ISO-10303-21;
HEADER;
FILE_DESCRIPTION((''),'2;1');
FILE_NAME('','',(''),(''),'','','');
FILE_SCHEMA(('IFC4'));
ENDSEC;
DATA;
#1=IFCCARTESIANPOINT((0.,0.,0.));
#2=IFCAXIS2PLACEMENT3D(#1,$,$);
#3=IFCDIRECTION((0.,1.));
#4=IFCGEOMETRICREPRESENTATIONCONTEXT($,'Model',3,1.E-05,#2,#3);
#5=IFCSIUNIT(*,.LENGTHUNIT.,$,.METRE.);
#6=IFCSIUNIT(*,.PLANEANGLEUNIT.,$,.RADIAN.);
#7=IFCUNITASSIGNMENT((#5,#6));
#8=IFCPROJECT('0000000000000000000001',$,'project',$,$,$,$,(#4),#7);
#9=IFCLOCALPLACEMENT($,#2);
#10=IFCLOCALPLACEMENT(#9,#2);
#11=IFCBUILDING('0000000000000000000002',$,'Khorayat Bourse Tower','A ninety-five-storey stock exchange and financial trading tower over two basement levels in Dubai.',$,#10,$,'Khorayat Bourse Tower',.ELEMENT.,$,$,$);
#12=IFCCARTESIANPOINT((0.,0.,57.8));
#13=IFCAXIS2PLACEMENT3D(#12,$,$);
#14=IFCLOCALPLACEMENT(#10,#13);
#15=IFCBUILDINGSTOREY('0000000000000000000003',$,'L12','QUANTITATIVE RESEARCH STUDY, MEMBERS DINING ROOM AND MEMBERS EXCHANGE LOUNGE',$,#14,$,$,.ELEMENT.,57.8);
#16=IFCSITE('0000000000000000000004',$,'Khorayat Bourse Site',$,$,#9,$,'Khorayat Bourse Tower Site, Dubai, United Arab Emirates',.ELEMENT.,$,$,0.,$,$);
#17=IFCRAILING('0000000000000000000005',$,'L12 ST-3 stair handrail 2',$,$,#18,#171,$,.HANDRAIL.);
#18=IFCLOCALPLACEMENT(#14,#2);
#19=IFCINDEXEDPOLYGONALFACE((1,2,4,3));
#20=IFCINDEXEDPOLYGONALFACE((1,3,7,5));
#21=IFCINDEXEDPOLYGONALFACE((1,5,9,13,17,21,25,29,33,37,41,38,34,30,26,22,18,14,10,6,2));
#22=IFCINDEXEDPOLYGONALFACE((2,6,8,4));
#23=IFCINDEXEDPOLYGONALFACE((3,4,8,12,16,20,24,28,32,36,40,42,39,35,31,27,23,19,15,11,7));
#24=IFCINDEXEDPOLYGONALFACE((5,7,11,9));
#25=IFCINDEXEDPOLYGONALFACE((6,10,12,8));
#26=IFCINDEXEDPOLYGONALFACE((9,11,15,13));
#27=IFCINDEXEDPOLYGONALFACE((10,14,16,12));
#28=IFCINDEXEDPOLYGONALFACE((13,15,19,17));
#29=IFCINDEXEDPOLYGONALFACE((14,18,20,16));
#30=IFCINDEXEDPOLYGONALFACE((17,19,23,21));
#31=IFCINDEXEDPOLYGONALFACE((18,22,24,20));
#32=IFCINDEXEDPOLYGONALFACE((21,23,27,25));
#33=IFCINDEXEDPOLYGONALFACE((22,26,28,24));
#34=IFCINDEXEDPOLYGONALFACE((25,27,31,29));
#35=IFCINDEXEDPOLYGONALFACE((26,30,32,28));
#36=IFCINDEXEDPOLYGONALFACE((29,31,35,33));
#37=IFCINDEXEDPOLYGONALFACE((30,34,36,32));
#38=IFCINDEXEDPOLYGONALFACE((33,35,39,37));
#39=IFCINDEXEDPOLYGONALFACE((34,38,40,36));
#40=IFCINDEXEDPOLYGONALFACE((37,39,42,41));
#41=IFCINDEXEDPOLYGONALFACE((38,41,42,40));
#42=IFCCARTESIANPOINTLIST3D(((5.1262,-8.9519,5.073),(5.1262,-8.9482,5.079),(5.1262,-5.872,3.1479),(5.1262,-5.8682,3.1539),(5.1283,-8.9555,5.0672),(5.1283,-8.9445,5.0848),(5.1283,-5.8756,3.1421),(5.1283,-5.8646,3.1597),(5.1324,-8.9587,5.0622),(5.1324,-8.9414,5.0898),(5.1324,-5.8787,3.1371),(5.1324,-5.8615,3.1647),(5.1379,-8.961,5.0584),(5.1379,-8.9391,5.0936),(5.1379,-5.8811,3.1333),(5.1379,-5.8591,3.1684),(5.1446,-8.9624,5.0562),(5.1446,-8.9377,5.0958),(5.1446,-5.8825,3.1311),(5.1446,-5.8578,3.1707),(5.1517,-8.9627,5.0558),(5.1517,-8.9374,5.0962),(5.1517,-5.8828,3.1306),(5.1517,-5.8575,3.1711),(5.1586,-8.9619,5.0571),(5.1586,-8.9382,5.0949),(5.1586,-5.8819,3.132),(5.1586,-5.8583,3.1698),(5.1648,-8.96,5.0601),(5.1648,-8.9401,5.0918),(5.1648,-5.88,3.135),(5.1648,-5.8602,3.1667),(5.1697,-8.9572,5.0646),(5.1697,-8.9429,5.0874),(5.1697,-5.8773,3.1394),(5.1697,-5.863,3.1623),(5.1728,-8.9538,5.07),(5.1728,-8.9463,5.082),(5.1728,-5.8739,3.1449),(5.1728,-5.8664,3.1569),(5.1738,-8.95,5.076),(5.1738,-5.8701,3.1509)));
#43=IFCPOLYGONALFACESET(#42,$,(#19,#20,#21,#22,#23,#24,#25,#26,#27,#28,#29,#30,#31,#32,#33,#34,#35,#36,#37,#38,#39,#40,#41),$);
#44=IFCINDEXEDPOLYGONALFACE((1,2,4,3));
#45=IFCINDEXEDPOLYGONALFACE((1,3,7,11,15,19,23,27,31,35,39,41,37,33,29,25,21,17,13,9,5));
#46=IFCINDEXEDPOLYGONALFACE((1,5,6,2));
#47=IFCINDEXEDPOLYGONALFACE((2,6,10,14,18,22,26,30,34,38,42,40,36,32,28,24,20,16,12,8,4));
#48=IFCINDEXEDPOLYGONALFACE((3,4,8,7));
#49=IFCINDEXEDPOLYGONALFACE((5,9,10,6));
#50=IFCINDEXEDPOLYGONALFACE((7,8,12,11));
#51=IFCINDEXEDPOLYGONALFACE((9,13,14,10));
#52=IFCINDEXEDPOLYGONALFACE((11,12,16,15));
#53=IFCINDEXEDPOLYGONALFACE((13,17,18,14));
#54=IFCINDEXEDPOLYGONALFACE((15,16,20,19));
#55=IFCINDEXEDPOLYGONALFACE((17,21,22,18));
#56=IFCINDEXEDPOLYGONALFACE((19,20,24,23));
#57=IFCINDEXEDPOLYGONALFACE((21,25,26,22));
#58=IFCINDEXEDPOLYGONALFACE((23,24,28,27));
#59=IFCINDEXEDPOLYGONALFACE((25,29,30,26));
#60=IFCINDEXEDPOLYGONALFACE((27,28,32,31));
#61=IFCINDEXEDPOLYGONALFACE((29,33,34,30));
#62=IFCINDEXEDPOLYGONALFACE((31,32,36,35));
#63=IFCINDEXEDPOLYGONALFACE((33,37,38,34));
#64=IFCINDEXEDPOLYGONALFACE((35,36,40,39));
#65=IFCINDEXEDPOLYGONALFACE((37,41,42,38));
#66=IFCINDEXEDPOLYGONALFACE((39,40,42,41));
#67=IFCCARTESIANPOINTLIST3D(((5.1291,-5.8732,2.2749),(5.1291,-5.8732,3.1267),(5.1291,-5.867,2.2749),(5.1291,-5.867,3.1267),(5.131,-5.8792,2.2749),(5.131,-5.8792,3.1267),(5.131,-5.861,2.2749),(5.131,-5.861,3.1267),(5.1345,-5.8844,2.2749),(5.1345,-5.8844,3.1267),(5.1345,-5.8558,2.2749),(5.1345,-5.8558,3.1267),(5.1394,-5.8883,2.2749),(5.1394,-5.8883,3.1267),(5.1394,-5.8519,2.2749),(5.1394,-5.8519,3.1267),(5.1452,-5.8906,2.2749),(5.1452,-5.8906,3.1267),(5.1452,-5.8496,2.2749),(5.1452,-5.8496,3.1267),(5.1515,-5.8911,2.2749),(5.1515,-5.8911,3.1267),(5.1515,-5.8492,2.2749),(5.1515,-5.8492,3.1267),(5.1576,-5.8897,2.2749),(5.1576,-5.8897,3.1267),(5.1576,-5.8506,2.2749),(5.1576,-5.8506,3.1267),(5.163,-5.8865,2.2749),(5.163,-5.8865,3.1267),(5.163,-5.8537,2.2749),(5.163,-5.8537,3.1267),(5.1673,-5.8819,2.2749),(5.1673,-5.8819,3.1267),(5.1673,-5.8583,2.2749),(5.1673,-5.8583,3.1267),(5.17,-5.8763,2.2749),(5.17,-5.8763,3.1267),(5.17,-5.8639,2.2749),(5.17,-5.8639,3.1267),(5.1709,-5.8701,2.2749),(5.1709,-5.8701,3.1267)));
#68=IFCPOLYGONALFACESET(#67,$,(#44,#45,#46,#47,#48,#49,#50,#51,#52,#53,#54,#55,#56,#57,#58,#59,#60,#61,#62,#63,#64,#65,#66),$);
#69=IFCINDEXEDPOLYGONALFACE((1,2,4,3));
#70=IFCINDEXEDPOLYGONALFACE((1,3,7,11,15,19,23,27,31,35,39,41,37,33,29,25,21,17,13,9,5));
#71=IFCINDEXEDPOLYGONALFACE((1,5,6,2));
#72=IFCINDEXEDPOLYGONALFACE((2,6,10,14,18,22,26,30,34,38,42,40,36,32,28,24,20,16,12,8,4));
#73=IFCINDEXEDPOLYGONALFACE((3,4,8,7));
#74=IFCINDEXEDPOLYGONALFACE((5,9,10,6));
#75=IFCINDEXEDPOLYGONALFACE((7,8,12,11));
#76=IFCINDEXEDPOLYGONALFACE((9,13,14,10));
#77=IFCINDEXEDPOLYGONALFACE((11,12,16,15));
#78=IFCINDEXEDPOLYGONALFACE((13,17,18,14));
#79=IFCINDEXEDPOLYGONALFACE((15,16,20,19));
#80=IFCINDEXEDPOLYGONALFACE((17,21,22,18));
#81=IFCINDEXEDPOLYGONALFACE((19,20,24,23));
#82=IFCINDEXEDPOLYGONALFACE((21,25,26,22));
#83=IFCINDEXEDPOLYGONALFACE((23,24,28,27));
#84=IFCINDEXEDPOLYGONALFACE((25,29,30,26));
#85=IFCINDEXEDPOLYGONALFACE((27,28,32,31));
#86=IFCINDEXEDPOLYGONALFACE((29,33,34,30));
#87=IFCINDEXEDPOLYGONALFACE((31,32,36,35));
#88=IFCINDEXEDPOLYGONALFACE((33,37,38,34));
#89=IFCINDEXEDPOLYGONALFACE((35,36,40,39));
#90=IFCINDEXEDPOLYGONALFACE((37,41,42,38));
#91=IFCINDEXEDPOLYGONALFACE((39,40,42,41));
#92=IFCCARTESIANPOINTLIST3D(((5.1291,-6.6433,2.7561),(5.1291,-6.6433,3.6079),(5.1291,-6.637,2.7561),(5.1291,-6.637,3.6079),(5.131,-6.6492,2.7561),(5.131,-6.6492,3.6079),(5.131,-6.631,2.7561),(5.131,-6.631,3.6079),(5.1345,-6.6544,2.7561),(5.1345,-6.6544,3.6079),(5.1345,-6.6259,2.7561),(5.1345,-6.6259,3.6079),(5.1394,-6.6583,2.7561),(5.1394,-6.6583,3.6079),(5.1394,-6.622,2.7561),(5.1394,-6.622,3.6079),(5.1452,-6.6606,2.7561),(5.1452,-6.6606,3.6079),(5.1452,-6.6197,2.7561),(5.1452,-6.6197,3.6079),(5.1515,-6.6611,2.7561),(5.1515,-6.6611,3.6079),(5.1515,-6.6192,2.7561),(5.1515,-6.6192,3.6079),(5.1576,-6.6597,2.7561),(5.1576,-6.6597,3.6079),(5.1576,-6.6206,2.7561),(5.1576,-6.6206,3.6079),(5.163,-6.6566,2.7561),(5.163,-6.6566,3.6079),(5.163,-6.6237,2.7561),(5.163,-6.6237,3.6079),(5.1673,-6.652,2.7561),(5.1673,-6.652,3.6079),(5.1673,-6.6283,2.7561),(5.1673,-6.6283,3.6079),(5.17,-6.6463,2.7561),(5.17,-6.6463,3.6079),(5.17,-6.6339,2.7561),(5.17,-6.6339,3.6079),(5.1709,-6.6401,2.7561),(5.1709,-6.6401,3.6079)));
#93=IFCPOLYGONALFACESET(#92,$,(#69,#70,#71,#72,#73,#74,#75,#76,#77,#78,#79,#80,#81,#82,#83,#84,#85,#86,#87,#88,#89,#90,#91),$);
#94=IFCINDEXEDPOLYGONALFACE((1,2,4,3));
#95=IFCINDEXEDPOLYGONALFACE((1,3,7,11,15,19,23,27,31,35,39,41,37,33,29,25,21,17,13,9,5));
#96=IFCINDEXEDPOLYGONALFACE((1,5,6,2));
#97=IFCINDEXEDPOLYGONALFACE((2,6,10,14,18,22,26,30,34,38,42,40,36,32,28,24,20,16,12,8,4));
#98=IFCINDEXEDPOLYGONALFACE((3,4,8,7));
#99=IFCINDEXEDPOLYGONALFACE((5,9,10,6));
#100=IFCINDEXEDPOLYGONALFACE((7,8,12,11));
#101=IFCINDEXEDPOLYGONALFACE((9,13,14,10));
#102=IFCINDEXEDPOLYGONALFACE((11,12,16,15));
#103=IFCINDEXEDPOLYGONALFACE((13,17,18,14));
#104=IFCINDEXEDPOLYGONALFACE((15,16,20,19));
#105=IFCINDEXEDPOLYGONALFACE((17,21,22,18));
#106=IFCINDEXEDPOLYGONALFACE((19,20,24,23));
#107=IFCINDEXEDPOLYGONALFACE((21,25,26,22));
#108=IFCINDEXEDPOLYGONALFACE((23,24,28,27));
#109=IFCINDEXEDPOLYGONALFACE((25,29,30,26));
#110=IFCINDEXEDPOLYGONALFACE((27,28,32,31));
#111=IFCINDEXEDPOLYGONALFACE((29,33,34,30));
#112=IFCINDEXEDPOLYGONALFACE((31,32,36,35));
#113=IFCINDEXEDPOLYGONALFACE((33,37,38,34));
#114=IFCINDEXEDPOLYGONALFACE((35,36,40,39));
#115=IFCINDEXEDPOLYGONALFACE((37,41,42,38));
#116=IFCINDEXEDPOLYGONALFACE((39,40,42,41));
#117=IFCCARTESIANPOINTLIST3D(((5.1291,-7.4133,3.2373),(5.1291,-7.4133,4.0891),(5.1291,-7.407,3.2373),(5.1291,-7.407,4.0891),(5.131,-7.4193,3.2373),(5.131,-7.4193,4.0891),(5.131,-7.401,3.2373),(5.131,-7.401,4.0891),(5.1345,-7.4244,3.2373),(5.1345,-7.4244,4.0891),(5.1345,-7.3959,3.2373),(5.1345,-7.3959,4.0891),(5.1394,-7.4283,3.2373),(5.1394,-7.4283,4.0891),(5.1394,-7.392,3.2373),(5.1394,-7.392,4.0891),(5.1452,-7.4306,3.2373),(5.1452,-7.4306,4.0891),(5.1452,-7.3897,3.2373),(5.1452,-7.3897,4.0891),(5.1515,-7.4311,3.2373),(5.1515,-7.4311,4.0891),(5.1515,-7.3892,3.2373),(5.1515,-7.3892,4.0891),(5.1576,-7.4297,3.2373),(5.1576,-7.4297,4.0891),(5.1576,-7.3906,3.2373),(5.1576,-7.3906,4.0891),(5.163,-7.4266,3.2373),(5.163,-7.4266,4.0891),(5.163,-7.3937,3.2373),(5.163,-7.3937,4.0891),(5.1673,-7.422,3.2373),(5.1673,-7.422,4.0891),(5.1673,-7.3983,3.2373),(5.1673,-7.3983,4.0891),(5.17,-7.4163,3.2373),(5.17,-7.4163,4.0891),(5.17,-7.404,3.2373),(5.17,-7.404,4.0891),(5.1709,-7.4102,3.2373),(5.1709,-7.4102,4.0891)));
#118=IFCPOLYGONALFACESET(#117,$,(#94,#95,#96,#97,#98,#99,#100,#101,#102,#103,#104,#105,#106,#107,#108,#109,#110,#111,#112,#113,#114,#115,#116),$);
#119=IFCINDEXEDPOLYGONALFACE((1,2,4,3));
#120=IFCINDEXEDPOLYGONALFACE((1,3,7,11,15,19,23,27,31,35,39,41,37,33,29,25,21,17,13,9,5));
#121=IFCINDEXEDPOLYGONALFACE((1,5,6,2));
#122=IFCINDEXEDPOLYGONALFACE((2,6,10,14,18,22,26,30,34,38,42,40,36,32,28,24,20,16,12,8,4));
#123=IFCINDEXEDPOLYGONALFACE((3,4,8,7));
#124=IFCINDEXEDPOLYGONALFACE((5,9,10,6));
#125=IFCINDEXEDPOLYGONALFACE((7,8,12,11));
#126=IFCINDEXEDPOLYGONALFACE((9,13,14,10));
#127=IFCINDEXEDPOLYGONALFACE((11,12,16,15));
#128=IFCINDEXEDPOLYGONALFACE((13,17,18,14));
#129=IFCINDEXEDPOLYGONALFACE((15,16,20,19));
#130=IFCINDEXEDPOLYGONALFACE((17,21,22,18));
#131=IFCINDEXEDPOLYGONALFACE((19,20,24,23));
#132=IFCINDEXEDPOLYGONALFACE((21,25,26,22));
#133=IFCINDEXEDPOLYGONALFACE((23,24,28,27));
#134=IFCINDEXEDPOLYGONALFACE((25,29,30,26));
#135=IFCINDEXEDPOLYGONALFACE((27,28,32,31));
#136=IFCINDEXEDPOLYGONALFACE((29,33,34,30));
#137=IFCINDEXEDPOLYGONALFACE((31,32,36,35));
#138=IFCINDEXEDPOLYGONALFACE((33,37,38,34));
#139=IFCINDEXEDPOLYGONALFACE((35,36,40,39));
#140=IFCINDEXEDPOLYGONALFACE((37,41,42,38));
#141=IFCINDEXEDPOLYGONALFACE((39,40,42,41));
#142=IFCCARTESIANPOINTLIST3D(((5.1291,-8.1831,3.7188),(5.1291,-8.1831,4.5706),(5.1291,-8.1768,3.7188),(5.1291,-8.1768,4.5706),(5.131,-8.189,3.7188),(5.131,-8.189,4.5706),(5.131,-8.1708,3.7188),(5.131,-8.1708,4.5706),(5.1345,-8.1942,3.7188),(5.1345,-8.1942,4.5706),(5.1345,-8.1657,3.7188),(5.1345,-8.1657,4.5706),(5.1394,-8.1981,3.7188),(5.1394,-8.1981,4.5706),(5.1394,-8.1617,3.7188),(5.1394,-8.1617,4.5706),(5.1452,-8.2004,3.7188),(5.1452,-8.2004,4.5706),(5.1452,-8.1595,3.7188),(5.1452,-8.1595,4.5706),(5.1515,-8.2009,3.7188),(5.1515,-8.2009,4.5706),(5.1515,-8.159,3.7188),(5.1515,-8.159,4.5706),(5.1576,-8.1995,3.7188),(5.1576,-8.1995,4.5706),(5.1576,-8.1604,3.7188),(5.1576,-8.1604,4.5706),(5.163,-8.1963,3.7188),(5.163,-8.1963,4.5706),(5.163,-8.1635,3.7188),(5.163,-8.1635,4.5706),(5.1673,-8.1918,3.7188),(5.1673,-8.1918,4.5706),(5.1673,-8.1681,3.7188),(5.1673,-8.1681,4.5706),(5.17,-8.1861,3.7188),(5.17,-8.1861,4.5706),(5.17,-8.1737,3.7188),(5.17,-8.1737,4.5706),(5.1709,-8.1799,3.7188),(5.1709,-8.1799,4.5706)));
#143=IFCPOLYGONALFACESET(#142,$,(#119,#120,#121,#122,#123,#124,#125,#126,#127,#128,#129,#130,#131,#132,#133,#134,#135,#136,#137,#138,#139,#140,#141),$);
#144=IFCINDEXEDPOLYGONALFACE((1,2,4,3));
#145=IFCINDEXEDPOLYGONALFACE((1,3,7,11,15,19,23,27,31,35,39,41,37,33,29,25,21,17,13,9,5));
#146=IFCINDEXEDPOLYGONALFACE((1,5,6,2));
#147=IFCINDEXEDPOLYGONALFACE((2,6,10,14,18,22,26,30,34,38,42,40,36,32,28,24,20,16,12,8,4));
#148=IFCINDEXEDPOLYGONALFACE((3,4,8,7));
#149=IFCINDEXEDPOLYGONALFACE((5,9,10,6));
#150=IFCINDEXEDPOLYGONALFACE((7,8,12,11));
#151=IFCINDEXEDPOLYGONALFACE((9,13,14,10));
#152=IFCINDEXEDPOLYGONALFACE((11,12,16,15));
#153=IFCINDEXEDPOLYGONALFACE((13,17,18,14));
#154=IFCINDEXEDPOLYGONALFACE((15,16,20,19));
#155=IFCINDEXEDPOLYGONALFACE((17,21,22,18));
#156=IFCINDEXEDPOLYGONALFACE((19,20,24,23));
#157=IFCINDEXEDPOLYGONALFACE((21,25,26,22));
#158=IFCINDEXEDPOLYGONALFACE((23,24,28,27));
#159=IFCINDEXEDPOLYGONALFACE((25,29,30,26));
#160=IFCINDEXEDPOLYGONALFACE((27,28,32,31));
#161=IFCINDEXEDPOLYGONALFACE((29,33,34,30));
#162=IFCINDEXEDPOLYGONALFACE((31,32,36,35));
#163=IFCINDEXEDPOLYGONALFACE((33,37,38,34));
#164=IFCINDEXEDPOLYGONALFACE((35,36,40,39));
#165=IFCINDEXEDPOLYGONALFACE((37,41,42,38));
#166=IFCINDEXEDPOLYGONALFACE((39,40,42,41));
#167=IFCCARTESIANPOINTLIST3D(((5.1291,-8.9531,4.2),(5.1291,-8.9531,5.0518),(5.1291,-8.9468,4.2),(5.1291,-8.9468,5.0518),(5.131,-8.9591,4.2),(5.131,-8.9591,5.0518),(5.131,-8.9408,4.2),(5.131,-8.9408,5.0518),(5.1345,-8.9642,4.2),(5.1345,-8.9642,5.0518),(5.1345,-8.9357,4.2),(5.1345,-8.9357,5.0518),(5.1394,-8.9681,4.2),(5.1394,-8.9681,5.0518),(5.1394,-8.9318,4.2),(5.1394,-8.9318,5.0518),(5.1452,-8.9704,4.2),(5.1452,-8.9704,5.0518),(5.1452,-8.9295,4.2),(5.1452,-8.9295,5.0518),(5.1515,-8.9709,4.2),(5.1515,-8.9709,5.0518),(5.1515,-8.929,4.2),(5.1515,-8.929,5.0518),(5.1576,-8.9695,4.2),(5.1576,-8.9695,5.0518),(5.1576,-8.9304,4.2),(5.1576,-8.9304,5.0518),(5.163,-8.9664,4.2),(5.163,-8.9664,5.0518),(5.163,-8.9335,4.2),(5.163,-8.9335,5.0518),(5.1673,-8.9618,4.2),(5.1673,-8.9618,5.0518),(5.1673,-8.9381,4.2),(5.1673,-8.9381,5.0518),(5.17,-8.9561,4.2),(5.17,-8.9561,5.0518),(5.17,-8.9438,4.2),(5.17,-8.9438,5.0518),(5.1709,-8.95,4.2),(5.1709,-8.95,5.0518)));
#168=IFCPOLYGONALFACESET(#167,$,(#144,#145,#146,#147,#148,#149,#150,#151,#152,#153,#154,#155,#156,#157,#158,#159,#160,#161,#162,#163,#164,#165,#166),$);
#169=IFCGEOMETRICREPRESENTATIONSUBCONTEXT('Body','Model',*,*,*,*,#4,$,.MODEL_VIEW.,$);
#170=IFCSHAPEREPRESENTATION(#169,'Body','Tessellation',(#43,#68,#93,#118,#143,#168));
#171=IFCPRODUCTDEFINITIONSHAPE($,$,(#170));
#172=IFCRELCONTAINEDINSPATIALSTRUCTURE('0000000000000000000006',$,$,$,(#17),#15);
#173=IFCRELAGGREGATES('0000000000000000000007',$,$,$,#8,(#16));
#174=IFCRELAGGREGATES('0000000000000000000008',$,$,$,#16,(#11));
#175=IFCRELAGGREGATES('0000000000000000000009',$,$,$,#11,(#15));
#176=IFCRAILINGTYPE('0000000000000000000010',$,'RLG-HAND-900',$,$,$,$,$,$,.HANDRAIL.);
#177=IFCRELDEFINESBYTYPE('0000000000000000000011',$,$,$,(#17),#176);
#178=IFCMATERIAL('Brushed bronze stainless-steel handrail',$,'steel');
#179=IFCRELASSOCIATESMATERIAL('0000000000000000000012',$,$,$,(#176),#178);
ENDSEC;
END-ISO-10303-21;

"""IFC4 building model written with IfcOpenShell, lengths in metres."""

from ifc_helpers import new_model, si_unit, direction, frame, origin, origin_2d, place, context, subcontext, project, spatial, circle, extrude, source, transform, mapped, material, type_object, element, save


model = new_model("IFC4")

# Units and contexts
model_context = context("Model", 3, precision=1e-05, world=origin(), true_north=direction((0.0, 1.0)))
body_context = subcontext(model_context, "Body", "Model", "MODEL_VIEW")
ifc_project = project(units=[si_unit("LENGTHUNIT", "METRE"), si_unit("PLANEANGLEUNIT", "RADIAN")], contexts=[model_context])

# Site, building, storey
site_placement = place(None, origin())
site = spatial("IfcSite", under=ifc_project, at=site_placement, Name="Khorayat Bourse Site", LongName="Khorayat Bourse Tower Site, Dubai, United Arab Emirates", CompositionType="ELEMENT", RefElevation=0.0)
building_placement = place(site_placement, origin())
building = spatial("IfcBuilding", under=site, at=building_placement, Name="Khorayat Bourse Tower", Description="A ninety-five-storey stock exchange and financial trading tower over two basement levels in Dubai.", LongName="Khorayat Bourse Tower", CompositionType="ELEMENT")
storey_placement = place(building_placement, frame((0.0, 0.0, 57.8)))
storey = spatial("IfcBuildingStorey", under=building, at=storey_placement, Name="L12", Description="QUANTITATIVE RESEARCH STUDY, MEMBERS DINING ROOM AND MEMBERS EXCHANGE LOUNGE", CompositionType="ELEMENT", Elevation=57.8)

# Railing
ifc_material_1 = material(Name="Brushed bronze stainless-steel handrail", Category="steel")
railing_type_1 = type_object("IfcRailingType", Name="RLG-HAND-900", PredefinedType="HANDRAIL", material=ifc_material_1)
shared_shape_1 = source(origin(), body_context, "Body", "SweptSolid", [
    extrude(circle(Radius=0.0239, at=origin_2d()), frame((0.0, 0.0, 0.876), z_axis=(0.0, -0.847979, 0.530029), x_axis=(1.0, 0.0, 0.0)), (0.0, 0.0, 1.0), 3.6321),
    extrude(circle(Radius=0.021, at=origin_2d()), origin(), (0.0, 0.0, 1.0), 0.8518),
    extrude(circle(Radius=0.021, at=origin_2d()), frame((0.0, -0.77, 0.4812)), (0.0, 0.0, 1.0), 0.8518),
    extrude(circle(Radius=0.021, at=origin_2d()), frame((0.0, -1.54, 0.9624)), (0.0, 0.0, 1.0), 0.8518),
    extrude(circle(Radius=0.021, at=origin_2d()), frame((0.0, -2.3098, 1.4438)), (0.0, 0.0, 1.0), 0.8518),
    extrude(circle(Radius=0.021, at=origin_2d()), frame((0.0, -3.0798, 1.925)), (0.0, 0.0, 1.0), 0.8518),
])
railing_1_placement = place(storey_placement, frame((5.1499, -5.8701, 2.2749)))
element("IfcRailing", 1, at=railing_1_placement, inside=storey, type_object=railing_type_1, Name="L12 ST-3 stair handrail 2", PredefinedType="HANDRAIL", context=body_context, shape_type="MappedRepresentation", body=[
    mapped(shared_shape_1, transform((0.0, 0.0, 0.0), scale=1.0)),
])

save(model, "model.ifc")
